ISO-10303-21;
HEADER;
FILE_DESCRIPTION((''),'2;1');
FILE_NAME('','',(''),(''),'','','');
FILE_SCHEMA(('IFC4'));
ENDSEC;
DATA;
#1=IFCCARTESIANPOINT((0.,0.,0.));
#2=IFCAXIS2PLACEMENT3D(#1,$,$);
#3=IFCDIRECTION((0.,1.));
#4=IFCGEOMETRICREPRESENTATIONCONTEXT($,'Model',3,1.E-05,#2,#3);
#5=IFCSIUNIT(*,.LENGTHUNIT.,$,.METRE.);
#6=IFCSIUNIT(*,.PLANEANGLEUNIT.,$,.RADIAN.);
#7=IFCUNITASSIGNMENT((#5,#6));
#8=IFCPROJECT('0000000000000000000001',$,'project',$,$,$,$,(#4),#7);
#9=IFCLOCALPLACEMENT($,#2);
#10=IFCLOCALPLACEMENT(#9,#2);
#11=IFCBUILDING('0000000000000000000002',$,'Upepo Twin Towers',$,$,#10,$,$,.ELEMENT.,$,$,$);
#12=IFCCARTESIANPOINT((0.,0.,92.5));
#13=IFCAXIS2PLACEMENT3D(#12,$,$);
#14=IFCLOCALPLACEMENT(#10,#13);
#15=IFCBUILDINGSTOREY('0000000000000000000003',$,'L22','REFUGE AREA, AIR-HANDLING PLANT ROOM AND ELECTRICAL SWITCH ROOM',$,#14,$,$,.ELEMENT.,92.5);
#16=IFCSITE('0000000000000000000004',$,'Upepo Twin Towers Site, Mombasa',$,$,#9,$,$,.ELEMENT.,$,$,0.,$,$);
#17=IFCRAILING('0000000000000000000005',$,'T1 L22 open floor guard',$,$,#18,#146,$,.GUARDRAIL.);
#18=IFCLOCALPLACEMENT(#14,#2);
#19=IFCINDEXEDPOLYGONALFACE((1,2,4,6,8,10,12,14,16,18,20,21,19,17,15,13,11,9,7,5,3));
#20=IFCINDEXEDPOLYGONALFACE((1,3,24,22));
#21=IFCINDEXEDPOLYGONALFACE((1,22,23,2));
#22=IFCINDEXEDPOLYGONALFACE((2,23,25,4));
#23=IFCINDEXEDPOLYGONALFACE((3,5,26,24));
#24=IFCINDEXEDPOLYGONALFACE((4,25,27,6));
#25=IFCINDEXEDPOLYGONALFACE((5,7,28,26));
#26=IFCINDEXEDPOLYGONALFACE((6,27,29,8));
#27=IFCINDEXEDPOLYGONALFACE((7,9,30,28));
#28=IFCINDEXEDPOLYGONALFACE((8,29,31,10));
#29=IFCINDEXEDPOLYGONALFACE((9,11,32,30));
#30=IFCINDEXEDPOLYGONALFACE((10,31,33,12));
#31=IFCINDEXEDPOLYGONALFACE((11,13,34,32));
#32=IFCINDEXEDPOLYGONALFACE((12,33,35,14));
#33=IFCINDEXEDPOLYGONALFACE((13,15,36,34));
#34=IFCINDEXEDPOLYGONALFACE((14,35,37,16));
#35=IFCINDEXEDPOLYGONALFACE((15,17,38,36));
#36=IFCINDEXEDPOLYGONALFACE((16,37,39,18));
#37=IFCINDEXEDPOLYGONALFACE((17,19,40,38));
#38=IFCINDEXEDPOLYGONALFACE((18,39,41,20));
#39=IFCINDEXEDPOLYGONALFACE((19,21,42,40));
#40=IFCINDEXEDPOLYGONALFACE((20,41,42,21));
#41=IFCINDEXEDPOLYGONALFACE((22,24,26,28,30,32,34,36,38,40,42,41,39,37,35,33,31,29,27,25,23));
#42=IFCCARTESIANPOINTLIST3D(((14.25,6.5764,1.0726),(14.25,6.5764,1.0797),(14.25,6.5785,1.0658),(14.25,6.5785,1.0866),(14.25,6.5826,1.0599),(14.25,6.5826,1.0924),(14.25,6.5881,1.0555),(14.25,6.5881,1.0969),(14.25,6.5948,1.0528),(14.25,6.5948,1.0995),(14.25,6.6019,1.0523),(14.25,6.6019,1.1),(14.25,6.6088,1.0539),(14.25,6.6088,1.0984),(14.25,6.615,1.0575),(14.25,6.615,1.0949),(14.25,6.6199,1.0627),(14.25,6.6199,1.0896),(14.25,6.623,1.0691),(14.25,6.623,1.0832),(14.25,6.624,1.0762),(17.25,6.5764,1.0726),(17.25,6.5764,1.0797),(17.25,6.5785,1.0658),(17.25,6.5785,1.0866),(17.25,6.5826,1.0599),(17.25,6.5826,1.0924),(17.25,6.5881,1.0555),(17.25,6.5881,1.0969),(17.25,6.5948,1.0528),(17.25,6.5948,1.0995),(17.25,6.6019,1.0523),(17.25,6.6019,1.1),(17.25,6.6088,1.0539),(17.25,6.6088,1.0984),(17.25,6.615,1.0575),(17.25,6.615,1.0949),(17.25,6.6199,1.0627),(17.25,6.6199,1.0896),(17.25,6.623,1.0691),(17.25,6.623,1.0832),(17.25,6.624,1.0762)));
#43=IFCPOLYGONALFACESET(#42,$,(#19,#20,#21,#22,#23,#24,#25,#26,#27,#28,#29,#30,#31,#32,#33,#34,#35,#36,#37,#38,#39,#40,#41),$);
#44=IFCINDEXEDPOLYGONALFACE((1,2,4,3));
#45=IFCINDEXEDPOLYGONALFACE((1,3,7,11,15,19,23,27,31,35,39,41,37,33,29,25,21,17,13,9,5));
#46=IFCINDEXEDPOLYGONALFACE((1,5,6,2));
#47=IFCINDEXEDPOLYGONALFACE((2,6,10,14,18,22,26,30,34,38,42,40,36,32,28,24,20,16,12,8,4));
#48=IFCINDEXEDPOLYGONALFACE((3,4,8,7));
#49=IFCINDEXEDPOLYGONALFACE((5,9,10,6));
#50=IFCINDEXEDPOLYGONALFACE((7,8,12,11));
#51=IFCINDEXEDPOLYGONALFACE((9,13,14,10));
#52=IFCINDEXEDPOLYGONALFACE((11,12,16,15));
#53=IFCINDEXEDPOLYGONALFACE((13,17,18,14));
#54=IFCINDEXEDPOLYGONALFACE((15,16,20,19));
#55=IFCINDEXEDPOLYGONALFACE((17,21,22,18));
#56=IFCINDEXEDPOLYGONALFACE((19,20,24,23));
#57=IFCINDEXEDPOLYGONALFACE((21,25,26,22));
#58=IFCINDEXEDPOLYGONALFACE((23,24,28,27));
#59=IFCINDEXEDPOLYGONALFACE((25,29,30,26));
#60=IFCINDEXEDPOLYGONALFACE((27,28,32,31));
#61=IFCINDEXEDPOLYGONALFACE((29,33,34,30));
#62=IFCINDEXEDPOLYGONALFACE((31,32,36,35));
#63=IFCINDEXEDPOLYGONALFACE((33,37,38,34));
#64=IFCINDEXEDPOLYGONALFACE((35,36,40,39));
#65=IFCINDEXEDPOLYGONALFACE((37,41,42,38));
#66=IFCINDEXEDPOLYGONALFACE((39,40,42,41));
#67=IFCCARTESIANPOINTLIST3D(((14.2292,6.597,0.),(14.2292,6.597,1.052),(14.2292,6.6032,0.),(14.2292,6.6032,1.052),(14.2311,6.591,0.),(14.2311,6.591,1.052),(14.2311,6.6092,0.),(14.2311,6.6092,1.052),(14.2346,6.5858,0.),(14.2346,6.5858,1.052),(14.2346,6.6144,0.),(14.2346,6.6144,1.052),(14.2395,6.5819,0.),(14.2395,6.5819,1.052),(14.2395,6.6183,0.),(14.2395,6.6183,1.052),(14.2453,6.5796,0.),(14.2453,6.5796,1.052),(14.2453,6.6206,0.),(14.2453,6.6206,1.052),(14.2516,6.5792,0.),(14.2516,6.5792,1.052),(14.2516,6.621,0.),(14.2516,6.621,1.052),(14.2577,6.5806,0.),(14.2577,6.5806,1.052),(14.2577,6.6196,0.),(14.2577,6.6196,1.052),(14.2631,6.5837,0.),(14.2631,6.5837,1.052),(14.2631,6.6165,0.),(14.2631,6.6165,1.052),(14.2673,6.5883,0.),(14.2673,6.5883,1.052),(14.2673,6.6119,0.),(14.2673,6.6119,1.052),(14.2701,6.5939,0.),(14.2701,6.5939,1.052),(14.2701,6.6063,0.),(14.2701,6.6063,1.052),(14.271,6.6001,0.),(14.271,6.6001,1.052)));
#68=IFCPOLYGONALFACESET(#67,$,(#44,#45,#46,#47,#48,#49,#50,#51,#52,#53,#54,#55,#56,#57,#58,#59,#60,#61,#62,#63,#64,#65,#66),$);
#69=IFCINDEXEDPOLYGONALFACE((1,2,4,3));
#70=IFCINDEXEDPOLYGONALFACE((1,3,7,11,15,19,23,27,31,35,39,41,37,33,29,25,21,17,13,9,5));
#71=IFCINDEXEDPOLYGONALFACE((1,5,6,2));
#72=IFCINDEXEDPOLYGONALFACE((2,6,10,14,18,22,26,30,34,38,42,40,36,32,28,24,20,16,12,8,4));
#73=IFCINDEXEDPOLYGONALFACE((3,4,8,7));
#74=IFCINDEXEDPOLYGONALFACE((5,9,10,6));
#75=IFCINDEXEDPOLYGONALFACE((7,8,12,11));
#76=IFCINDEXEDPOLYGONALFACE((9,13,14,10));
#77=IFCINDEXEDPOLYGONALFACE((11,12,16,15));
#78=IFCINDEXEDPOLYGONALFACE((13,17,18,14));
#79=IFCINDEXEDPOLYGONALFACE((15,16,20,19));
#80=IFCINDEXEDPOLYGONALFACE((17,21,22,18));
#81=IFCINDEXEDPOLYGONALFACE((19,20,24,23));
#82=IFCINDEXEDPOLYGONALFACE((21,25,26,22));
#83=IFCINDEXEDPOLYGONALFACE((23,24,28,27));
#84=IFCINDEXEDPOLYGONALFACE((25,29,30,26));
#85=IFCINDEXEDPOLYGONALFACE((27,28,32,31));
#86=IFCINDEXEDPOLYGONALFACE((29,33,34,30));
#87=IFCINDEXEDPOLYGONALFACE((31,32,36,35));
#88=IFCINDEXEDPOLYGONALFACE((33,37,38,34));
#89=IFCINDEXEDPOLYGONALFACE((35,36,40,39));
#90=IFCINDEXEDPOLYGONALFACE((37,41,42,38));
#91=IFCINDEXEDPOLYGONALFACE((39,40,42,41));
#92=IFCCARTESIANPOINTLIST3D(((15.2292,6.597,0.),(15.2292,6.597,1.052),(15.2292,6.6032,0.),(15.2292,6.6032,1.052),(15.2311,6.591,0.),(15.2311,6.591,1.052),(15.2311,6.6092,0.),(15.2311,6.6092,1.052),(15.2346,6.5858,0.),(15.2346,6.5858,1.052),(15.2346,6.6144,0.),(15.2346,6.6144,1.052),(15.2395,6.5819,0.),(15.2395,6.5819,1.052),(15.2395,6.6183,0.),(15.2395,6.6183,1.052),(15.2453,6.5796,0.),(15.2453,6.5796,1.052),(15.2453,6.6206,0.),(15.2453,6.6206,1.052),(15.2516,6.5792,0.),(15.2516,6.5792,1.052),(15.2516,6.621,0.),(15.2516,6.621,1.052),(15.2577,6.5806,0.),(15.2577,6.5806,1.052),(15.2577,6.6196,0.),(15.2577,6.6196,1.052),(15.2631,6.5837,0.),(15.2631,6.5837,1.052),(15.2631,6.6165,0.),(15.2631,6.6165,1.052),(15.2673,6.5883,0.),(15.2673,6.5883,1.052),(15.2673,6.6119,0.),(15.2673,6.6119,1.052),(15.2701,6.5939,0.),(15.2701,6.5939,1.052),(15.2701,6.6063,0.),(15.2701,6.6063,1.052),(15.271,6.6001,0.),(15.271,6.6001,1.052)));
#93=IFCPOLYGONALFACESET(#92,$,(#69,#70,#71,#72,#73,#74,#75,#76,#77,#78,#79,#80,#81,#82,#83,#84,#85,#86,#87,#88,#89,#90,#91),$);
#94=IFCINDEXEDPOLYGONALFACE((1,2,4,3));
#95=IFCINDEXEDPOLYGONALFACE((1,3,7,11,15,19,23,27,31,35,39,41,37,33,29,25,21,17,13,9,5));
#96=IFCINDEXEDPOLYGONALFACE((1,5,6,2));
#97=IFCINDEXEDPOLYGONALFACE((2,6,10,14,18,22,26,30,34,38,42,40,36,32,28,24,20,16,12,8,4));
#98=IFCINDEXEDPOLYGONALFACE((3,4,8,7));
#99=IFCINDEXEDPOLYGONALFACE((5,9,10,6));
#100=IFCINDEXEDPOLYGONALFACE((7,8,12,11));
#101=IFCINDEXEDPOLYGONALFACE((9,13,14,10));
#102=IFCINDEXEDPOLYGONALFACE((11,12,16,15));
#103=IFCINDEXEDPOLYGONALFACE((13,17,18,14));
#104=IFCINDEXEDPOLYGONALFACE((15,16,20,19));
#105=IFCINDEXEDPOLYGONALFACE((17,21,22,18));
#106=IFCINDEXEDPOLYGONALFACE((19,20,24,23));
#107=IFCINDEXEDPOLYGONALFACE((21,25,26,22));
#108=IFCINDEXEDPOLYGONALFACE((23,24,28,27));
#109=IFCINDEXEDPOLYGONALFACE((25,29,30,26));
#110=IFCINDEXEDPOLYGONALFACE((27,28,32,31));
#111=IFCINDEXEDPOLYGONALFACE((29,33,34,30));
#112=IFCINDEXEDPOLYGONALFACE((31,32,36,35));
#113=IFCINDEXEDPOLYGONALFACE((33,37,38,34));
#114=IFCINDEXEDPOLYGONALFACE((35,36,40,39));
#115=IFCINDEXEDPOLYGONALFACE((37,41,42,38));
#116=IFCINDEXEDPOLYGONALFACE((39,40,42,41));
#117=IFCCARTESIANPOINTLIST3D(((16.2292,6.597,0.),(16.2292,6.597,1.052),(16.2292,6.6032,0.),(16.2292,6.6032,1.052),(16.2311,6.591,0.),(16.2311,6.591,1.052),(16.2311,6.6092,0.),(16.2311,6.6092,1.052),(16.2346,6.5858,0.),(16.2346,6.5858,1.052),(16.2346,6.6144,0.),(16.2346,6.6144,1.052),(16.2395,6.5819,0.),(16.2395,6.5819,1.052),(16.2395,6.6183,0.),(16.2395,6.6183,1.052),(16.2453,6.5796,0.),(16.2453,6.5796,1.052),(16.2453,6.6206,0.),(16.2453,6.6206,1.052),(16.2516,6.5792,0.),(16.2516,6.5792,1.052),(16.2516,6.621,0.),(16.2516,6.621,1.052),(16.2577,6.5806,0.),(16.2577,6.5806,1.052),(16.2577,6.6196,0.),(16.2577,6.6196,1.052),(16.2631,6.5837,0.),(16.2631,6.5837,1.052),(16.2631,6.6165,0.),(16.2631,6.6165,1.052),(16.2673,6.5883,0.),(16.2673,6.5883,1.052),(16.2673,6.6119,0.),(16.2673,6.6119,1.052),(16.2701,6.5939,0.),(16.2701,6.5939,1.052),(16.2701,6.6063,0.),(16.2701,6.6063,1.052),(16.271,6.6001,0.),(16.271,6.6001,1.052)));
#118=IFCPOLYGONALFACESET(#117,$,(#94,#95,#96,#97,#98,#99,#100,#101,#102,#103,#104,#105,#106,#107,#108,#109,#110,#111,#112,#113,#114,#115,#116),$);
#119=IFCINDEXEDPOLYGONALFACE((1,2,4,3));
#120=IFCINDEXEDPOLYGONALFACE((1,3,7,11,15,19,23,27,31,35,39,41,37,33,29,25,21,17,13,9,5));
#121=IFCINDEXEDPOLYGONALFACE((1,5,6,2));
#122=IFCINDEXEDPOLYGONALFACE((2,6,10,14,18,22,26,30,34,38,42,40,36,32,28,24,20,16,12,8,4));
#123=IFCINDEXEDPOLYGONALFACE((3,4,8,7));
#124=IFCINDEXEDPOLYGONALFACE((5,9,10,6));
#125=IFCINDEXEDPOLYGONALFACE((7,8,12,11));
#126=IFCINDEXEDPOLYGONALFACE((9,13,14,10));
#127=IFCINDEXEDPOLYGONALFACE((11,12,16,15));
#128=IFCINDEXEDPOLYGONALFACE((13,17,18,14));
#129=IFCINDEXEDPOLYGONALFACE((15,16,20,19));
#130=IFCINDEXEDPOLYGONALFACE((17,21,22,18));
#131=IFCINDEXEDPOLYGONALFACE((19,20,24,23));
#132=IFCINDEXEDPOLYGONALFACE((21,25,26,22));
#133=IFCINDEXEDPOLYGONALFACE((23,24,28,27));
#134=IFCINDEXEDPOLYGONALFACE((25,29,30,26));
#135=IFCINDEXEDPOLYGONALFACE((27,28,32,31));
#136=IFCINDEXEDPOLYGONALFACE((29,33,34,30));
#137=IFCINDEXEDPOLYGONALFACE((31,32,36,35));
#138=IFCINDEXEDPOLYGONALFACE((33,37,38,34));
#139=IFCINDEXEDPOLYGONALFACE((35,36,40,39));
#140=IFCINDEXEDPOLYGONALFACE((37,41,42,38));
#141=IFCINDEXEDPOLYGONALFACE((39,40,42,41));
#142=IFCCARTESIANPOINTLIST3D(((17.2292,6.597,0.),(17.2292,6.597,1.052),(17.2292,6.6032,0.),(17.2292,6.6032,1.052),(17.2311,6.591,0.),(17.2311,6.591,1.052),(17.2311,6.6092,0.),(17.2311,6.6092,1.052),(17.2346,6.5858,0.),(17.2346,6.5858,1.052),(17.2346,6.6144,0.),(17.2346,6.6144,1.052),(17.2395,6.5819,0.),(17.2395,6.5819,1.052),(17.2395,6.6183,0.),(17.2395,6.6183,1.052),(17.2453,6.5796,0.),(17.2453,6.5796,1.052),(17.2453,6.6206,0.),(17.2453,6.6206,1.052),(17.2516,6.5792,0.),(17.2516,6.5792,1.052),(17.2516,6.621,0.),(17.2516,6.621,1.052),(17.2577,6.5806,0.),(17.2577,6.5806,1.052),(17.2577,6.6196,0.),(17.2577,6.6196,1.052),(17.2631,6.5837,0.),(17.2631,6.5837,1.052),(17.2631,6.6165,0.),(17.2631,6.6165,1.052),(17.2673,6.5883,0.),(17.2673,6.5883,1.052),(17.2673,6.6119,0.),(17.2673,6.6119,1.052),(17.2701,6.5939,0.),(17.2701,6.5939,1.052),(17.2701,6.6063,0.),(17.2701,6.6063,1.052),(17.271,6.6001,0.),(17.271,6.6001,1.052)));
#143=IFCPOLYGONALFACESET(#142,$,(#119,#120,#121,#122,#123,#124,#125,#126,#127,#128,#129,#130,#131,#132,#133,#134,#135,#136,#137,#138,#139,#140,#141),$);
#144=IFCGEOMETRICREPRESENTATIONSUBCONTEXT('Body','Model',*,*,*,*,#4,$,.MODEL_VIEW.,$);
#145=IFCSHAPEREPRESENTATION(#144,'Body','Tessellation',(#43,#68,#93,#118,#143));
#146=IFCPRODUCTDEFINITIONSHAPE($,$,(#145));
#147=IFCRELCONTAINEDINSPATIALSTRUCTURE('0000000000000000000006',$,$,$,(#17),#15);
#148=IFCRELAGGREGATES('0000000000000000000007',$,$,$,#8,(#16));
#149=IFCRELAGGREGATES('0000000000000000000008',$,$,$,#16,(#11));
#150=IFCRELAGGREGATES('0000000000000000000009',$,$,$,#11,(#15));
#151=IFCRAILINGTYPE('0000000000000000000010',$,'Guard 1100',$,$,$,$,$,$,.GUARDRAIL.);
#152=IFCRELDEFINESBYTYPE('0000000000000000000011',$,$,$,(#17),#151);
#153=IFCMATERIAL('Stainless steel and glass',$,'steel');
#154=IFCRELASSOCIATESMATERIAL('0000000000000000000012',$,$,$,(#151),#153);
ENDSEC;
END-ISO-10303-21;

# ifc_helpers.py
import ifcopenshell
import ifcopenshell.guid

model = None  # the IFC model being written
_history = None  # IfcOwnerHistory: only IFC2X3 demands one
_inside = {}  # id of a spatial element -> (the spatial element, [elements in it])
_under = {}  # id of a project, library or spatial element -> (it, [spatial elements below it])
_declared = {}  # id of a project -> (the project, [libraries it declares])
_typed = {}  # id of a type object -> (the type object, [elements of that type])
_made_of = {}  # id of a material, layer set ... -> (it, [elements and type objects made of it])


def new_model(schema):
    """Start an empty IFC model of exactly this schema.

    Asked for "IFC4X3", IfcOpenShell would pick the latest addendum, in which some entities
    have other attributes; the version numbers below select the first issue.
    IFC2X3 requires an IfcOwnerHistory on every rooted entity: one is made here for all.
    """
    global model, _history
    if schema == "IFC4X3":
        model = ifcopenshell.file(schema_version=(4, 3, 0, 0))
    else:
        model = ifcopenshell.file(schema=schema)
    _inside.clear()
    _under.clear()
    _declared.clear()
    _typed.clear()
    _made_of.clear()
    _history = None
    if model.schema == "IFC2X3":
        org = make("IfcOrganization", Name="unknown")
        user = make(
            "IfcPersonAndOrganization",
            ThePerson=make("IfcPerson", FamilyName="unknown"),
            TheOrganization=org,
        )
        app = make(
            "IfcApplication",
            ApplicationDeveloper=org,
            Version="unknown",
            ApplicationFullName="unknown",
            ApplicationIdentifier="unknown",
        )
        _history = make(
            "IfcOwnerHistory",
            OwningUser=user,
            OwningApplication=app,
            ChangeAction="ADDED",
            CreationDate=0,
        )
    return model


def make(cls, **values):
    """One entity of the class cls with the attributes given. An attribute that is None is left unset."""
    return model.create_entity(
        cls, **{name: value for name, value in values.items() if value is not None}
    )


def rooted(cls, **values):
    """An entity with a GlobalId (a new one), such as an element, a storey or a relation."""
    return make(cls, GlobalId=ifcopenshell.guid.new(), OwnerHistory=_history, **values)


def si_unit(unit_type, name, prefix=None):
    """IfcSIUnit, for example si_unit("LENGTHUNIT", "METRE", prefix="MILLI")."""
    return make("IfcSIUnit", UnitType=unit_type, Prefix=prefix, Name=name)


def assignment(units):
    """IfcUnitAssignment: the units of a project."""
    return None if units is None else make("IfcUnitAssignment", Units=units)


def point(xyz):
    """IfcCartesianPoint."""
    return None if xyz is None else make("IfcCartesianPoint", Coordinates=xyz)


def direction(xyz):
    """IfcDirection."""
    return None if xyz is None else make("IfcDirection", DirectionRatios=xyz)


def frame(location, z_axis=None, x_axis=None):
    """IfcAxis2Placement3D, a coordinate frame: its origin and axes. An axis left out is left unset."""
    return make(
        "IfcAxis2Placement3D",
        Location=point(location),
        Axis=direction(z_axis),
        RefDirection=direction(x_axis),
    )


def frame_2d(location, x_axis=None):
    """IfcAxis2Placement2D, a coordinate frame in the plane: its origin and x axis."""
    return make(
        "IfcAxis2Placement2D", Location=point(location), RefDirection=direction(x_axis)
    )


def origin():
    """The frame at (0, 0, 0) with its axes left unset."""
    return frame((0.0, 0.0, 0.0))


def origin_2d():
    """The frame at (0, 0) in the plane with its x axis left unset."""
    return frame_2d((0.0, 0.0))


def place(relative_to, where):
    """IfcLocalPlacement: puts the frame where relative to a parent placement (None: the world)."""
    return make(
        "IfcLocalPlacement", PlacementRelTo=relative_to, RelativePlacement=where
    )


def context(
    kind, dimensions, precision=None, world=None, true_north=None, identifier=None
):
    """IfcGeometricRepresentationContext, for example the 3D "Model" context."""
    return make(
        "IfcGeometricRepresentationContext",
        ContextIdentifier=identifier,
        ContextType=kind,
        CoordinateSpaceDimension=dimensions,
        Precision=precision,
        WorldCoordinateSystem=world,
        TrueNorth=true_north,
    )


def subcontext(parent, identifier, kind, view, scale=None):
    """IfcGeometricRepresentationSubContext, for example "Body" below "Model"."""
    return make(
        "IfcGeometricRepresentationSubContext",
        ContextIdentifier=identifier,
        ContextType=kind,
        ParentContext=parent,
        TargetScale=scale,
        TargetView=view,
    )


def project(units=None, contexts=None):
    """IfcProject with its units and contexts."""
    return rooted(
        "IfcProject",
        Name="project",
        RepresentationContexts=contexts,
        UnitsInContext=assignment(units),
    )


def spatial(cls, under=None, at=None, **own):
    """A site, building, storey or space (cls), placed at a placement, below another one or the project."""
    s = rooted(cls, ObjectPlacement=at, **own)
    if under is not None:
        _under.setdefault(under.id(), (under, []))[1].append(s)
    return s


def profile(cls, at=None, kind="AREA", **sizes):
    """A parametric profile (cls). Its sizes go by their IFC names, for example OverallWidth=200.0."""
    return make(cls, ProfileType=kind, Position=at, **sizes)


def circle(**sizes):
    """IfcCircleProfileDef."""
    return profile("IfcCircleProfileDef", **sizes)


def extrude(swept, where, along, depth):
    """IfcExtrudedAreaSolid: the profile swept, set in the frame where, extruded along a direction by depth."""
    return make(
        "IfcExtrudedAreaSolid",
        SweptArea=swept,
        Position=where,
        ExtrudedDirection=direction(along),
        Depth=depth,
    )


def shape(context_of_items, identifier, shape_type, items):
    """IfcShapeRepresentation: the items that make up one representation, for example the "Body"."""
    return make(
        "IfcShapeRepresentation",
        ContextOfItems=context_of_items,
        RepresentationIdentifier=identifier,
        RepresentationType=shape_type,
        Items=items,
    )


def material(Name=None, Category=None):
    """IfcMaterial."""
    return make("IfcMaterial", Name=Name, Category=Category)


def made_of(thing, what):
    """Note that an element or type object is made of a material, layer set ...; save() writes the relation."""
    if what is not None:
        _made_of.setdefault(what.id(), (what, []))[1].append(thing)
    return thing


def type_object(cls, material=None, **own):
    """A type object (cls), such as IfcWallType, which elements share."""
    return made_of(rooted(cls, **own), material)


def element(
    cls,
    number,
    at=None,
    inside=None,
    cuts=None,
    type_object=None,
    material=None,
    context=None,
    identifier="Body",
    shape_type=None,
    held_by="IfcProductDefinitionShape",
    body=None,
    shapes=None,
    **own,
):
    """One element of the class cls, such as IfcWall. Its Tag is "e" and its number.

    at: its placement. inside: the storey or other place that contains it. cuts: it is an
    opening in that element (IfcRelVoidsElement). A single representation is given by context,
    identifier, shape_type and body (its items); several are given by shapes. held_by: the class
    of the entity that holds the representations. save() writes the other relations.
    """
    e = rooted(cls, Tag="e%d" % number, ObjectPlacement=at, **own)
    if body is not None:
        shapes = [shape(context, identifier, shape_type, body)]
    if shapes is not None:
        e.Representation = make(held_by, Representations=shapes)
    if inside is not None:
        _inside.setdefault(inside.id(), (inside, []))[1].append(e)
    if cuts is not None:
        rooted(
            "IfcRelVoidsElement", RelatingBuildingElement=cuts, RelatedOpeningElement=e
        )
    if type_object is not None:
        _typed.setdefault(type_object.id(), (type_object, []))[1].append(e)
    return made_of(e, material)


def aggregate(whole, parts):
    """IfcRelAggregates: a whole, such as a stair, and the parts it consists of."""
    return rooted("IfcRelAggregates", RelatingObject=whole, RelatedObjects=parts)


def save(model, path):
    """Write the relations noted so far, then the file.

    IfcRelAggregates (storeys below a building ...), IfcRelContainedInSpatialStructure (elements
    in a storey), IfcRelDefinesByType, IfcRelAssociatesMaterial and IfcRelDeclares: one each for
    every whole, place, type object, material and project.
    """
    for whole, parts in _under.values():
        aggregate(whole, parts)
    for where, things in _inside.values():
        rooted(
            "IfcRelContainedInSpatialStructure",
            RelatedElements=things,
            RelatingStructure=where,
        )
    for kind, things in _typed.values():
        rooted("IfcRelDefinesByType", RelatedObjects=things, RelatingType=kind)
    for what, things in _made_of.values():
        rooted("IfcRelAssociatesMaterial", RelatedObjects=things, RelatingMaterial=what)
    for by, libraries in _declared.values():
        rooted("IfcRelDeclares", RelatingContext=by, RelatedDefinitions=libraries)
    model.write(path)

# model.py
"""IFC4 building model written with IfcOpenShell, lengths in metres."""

from ifc_helpers import new_model, si_unit, direction, frame, origin, origin_2d, place, context, subcontext, project, spatial, circle, extrude, material, type_object, element, save


model = new_model("IFC4")

# Units and contexts
model_context = context("Model", 3, precision=1e-05, world=origin(), true_north=direction((0.0, 1.0)))
body_context = subcontext(model_context, "Body", "Model", "MODEL_VIEW")
ifc_project = project(units=[si_unit("LENGTHUNIT", "METRE"), si_unit("PLANEANGLEUNIT", "RADIAN")], contexts=[model_context])

# Site, building, storey
site_placement = place(None, origin())
site = spatial("IfcSite", under=ifc_project, at=site_placement, Name="Upepo Twin Towers Site, Mombasa", CompositionType="ELEMENT", RefElevation=0.0)
building_placement = place(site_placement, origin())
building = spatial("IfcBuilding", under=site, at=building_placement, Name="Upepo Twin Towers", CompositionType="ELEMENT")
storey_placement = place(building_placement, frame((0.0, 0.0, 92.5)))
storey = spatial("IfcBuildingStorey", under=building, at=storey_placement, Name="L22", Description="REFUGE AREA, AIR-HANDLING PLANT ROOM AND ELECTRICAL SWITCH ROOM", CompositionType="ELEMENT", Elevation=92.5)

# Railing
ifc_material_1 = material(Name="Stainless steel and glass", Category="steel")
railing_type = type_object("IfcRailingType", Name="Guard 1100", PredefinedType="GUARDRAIL", material=ifc_material_1)
railing_1_placement = place(storey_placement, frame((14.25, 6.6001, 0.0)))
element("IfcRailing", 1, at=railing_1_placement, inside=storey, type_object=railing_type, Name="T1 L22 open floor guard", PredefinedType="GUARDRAIL", context=body_context, shape_type="SweptSolid", body=[
    extrude(circle(Radius=0.0239, at=origin_2d()), frame((0.0, 0.0, 1.0762), z_axis=(1.0, 0.0, 0.0), x_axis=(0.0, 1.0, 0.0)), (0.0, 0.0, 1.0), 3.0),
    extrude(circle(Radius=0.021, at=origin_2d()), origin(), (0.0, 0.0, 1.0), 1.052),
    extrude(circle(Radius=0.021, at=origin_2d()), frame((1.0, 0.0, 0.0)), (0.0, 0.0, 1.0), 1.052),
    extrude(circle(Radius=0.021, at=origin_2d()), frame((2.0, 0.0, 0.0)), (0.0, 0.0, 1.0), 1.052),
    extrude(circle(Radius=0.021, at=origin_2d()), frame((3.0, 0.0, 0.0)), (0.0, 0.0, 1.0), 1.052),
])

save(model, "model.ifc")
